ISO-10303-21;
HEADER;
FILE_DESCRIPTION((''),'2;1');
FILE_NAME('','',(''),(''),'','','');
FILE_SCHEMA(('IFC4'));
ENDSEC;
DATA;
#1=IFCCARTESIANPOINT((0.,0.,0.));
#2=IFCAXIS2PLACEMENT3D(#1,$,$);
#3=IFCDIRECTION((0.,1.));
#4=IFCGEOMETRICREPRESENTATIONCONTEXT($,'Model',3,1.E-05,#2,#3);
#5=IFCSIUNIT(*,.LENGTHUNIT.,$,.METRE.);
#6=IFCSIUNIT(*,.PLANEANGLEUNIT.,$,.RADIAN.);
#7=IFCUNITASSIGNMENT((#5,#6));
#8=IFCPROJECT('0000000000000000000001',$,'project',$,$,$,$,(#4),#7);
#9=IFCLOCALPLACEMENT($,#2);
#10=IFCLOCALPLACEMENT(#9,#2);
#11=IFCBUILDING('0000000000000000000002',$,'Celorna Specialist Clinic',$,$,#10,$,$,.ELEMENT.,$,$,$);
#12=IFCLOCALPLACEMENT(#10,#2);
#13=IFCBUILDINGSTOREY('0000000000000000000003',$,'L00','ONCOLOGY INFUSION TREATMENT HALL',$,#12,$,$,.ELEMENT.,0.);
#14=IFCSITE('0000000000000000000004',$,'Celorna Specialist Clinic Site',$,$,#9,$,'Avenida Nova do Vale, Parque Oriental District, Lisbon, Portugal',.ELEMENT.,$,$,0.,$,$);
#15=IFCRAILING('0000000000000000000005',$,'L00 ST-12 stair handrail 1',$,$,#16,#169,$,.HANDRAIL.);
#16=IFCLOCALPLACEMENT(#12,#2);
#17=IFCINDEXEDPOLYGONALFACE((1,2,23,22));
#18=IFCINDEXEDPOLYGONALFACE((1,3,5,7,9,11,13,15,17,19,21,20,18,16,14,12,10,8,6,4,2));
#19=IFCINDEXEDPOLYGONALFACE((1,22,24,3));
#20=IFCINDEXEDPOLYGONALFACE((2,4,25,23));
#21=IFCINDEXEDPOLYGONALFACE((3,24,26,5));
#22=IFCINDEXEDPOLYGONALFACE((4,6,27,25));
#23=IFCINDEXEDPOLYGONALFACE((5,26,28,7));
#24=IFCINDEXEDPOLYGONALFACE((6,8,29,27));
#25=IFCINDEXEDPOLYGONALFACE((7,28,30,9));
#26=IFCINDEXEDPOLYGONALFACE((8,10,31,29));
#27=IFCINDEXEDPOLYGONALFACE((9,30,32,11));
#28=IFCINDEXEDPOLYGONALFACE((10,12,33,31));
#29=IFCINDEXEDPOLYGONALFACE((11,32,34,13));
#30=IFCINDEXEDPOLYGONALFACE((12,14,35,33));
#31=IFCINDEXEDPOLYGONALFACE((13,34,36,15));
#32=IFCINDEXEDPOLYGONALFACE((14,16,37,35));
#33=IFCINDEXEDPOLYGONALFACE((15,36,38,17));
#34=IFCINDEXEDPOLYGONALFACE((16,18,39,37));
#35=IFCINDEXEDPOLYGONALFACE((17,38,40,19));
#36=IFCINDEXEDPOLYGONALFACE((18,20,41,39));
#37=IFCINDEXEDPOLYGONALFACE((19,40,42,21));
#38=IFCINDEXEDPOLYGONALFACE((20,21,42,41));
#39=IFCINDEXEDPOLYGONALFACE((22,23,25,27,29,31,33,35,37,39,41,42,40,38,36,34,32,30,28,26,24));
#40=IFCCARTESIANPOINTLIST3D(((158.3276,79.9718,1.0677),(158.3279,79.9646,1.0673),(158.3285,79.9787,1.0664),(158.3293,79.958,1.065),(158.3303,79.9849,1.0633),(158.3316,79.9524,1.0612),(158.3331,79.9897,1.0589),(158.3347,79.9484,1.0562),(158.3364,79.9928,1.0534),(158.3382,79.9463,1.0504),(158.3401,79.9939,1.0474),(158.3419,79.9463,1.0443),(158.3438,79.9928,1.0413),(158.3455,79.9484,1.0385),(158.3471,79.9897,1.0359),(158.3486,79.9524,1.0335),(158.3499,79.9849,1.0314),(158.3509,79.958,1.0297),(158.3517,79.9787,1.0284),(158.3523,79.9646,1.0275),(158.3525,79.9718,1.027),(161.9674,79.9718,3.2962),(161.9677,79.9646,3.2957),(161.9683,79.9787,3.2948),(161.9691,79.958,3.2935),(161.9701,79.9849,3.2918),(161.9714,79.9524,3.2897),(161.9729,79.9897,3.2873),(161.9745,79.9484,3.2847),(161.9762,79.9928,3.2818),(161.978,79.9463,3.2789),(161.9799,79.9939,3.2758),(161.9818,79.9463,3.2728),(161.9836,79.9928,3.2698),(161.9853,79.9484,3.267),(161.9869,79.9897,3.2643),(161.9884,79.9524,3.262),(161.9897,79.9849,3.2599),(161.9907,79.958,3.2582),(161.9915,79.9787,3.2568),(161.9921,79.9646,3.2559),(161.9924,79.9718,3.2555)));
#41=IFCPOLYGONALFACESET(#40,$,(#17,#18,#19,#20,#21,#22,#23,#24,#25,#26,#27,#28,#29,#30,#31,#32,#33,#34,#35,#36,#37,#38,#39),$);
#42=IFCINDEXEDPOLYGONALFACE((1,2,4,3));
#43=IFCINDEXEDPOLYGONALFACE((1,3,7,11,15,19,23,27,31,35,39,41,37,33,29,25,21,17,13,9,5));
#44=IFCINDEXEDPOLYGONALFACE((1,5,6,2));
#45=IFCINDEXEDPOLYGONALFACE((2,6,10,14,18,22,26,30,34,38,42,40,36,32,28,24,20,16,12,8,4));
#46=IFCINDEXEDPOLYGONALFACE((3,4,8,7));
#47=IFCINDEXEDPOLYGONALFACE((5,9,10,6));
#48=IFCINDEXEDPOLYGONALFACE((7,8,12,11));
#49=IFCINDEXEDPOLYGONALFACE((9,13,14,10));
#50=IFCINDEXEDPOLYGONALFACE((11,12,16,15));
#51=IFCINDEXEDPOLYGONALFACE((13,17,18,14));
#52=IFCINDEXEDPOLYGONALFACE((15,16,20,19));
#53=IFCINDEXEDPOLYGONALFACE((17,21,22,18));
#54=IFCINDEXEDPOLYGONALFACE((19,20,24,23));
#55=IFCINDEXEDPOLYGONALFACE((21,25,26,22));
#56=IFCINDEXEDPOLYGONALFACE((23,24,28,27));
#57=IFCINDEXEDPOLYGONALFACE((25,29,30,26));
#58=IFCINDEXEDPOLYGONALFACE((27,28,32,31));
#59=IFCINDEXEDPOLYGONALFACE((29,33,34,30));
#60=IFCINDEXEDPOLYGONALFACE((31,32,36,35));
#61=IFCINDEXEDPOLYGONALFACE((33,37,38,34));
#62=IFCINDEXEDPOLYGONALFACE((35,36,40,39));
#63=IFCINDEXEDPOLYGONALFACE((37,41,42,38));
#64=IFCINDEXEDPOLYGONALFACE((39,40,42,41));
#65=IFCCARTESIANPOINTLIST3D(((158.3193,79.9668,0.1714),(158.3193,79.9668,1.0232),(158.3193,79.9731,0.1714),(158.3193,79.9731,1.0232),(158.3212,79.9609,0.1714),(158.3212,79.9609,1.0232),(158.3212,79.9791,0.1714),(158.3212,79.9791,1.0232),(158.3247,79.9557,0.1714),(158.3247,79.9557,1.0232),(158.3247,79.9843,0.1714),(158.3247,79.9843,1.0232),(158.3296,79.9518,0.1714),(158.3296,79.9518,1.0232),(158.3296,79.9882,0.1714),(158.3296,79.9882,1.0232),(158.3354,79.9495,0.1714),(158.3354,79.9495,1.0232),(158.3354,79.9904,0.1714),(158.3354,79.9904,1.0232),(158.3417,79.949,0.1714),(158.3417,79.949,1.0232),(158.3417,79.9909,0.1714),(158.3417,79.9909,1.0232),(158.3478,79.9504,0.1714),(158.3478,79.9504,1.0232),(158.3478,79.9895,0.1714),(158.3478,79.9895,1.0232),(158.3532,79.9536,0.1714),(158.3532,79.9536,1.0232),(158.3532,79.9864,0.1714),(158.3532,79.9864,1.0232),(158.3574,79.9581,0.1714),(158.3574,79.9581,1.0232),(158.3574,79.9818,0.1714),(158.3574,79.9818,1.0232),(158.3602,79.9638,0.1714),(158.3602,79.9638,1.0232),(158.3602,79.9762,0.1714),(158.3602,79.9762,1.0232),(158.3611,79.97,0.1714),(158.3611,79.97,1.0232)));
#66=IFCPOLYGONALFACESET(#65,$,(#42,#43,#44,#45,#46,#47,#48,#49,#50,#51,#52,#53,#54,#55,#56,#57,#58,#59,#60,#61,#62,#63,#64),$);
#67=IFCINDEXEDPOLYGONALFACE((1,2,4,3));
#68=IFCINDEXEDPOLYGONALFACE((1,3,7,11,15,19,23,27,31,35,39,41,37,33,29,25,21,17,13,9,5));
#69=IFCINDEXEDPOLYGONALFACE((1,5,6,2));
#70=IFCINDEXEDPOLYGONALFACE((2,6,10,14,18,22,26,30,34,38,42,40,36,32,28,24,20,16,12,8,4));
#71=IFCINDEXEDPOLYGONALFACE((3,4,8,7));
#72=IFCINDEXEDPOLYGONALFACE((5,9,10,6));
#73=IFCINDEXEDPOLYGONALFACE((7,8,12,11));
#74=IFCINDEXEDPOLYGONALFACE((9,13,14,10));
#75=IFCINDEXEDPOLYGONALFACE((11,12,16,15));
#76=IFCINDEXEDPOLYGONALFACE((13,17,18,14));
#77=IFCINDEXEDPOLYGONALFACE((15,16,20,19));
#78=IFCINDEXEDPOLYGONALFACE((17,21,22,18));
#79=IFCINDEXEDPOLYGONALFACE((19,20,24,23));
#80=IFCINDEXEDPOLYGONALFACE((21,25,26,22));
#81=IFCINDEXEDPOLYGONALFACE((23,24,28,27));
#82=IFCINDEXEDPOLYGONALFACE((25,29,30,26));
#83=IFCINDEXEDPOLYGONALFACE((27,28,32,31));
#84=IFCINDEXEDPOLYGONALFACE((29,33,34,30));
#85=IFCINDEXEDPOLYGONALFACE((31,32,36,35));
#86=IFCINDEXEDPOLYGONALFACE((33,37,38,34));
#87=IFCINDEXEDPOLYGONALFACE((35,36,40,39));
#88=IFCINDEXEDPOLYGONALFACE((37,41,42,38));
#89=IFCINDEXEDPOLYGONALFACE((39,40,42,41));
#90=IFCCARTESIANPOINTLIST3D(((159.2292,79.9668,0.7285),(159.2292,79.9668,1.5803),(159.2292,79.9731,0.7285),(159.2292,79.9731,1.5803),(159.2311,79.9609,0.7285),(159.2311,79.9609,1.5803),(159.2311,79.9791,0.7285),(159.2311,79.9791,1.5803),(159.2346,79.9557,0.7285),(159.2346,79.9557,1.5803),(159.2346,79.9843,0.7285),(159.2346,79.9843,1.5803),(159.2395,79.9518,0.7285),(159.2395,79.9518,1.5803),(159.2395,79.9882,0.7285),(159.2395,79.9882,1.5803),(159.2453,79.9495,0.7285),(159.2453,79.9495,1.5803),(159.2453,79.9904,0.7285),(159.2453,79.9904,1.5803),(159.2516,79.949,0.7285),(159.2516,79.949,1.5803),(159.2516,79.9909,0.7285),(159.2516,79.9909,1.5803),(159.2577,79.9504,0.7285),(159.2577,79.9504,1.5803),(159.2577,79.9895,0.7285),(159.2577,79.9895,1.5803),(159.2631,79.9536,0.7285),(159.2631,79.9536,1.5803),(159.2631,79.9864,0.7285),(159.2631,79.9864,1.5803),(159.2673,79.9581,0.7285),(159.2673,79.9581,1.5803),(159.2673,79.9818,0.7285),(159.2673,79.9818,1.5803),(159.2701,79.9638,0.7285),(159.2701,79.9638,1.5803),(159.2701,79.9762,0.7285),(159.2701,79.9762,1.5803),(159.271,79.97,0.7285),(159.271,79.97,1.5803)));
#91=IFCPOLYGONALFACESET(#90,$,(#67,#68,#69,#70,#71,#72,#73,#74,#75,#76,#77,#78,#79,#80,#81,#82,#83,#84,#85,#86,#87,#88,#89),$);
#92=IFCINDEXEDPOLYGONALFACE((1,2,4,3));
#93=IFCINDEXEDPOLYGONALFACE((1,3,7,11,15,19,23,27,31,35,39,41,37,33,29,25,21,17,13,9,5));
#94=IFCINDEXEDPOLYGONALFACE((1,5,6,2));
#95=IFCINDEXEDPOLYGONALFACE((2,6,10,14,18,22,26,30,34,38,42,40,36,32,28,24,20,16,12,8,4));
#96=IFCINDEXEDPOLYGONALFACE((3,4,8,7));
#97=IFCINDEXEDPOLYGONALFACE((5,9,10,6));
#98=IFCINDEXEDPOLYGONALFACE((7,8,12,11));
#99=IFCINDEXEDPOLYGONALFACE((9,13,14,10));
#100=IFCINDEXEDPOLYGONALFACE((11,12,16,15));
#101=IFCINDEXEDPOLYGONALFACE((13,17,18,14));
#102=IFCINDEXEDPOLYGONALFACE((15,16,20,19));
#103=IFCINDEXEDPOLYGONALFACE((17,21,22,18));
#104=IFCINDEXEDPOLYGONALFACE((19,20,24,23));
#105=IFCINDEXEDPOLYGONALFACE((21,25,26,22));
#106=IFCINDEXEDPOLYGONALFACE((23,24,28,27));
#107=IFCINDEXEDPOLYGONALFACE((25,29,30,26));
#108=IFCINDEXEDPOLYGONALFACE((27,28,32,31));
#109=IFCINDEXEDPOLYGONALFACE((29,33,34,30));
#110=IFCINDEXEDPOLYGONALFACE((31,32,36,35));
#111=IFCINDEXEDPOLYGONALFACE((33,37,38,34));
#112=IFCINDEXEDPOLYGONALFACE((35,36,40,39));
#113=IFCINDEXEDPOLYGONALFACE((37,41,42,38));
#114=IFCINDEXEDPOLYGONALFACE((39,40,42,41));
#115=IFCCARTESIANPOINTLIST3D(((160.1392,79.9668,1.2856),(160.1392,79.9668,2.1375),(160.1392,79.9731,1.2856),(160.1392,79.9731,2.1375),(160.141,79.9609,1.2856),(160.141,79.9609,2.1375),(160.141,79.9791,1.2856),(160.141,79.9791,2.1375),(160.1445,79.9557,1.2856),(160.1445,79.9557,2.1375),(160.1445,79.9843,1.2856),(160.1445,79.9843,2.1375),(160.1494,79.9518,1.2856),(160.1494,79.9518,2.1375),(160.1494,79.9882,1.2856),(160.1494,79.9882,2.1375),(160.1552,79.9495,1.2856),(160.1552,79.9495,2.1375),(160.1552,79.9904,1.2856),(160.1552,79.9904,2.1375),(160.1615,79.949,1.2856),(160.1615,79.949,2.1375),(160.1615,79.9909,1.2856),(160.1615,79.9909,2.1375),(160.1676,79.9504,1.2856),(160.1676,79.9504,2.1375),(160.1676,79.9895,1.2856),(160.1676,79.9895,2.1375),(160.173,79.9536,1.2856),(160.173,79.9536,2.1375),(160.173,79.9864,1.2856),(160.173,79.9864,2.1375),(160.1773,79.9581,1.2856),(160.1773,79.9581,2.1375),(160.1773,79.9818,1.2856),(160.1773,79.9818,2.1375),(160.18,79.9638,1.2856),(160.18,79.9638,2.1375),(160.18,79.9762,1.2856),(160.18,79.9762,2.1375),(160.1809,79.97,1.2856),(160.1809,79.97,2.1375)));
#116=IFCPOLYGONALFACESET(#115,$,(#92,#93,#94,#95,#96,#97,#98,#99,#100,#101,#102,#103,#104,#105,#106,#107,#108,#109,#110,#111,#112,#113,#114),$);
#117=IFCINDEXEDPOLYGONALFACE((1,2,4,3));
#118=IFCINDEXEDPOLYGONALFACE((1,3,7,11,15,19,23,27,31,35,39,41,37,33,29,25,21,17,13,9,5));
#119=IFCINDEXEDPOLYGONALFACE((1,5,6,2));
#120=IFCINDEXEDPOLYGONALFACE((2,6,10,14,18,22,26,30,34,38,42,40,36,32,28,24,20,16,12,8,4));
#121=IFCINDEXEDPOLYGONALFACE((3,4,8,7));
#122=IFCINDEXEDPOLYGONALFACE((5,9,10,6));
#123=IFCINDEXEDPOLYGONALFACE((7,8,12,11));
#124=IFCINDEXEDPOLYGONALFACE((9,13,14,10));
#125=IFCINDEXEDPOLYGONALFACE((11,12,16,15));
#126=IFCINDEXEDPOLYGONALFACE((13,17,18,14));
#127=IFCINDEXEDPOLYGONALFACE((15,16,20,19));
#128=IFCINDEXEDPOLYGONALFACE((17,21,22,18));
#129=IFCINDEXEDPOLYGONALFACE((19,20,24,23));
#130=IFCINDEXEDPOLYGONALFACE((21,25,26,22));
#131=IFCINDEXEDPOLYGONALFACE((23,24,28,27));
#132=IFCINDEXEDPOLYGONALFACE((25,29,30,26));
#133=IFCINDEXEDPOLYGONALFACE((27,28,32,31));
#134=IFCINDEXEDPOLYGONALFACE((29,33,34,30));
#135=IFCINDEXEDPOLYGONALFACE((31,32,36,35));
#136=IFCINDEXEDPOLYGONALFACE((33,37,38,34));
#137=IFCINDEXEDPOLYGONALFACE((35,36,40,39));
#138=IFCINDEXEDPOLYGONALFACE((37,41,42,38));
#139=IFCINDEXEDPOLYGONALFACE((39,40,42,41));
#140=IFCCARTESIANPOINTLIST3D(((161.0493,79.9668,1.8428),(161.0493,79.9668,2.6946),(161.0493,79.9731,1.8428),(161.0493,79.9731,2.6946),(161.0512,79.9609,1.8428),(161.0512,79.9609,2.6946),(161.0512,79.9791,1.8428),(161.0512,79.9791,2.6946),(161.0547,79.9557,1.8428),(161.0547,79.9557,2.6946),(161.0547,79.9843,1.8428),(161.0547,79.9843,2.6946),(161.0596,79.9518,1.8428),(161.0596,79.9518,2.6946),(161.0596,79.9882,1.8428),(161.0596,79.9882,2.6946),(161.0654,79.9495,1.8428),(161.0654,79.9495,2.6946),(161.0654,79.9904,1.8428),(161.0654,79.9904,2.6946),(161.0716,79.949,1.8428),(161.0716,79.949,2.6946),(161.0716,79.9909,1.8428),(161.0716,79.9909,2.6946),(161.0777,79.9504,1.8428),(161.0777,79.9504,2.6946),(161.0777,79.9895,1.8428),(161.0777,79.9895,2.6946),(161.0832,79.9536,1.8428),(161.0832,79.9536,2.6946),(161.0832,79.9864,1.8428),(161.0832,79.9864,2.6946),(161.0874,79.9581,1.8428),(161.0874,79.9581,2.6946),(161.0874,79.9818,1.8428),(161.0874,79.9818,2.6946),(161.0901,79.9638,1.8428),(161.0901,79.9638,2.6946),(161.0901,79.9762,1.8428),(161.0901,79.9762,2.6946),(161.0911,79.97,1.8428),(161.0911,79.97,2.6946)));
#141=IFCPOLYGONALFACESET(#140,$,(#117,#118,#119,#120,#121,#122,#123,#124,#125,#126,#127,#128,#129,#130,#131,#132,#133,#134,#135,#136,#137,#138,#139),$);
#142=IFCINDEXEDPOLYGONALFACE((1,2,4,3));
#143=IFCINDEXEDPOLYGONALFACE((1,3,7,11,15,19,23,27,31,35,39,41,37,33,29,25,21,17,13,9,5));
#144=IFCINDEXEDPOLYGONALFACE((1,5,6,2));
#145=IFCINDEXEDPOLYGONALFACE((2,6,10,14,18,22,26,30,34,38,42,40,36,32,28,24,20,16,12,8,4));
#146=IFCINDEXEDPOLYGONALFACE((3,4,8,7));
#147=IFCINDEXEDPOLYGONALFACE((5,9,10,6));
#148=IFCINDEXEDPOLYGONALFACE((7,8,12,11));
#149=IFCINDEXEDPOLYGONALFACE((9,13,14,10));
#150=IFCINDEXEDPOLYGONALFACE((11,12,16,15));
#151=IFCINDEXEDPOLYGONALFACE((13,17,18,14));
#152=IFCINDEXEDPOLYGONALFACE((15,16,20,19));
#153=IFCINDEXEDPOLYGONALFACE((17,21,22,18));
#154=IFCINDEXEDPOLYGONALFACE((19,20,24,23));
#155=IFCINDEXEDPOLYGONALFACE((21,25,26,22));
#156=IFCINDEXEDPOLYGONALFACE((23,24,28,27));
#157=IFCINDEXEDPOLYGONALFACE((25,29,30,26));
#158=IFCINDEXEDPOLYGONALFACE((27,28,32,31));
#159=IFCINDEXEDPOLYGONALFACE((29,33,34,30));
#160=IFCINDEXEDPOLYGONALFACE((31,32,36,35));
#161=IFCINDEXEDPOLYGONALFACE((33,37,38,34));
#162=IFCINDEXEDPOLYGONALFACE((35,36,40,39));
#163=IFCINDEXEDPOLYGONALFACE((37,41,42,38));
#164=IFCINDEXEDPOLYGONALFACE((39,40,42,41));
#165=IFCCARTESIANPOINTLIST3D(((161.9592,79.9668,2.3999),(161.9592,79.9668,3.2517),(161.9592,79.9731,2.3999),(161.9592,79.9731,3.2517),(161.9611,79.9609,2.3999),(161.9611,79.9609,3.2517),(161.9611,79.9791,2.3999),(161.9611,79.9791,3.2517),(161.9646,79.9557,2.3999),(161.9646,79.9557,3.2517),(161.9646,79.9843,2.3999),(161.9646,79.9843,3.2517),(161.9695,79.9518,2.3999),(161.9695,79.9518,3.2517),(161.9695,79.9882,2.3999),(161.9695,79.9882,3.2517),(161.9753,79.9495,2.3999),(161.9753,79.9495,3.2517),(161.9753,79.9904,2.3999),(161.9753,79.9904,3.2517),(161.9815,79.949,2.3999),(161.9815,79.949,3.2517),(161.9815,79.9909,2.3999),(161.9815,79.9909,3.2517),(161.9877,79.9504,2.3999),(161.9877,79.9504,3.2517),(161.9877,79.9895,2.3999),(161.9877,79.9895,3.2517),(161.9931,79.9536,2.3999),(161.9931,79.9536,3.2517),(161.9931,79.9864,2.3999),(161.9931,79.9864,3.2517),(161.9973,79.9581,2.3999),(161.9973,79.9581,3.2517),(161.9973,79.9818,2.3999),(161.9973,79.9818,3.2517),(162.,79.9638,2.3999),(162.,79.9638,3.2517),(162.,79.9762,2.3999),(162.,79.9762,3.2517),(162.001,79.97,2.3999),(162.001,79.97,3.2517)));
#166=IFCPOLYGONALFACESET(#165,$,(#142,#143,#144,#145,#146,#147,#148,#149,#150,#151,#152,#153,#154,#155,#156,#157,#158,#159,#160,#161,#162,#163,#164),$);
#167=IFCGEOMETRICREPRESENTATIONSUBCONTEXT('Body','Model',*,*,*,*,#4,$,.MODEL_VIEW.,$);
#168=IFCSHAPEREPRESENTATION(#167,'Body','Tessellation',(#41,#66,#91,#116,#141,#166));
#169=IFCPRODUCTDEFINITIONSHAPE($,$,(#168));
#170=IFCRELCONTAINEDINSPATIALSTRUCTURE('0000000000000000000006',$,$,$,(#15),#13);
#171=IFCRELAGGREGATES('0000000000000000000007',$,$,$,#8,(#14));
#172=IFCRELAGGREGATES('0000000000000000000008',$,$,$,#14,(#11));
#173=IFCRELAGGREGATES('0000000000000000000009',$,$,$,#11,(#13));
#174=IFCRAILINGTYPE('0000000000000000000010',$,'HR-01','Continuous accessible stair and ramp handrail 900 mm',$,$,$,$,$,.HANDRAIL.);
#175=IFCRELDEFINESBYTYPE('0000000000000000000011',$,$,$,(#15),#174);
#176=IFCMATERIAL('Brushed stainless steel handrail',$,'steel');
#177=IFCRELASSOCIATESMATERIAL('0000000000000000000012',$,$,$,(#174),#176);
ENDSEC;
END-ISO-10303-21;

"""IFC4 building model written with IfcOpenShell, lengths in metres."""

from ifc_helpers import new_model, si_unit, direction, frame, origin, origin_2d, place, context, subcontext, project, spatial, circle, extrude, material, type_object, element, save


model = new_model("IFC4")

# Units and contexts
model_context = context("Model", 3, precision=1e-05, world=origin(), true_north=direction((0.0, 1.0)))
body_context = subcontext(model_context, "Body", "Model", "MODEL_VIEW")
ifc_project = project(units=[si_unit("LENGTHUNIT", "METRE"), si_unit("PLANEANGLEUNIT", "RADIAN")], contexts=[model_context])

# Site, building, storey
site_placement = place(None, origin())
site = spatial("IfcSite", under=ifc_project, at=site_placement, Name="Celorna Specialist Clinic Site", LongName="Avenida Nova do Vale, Parque Oriental District, Lisbon, Portugal", CompositionType="ELEMENT", RefElevation=0.0)
building_placement = place(site_placement, origin())
building = spatial("IfcBuilding", under=site, at=building_placement, Name="Celorna Specialist Clinic", CompositionType="ELEMENT")
storey_placement = place(building_placement, origin())
storey = spatial("IfcBuildingStorey", under=building, at=storey_placement, Name="L00", Description="ONCOLOGY INFUSION TREATMENT HALL", CompositionType="ELEMENT", Elevation=0.0)

# Railing
ifc_material_1 = material(Name="Brushed stainless steel handrail", Category="steel")
railing_type_1 = type_object("IfcRailingType", Name="HR-01", Description="Continuous accessible stair and ramp handrail 900 mm", PredefinedType="HANDRAIL", material=ifc_material_1)
railing_1_placement = place(storey_placement, frame((158.3401, 79.97, 0.1714)))
element("IfcRailing", 1, at=railing_1_placement, inside=storey, type_object=railing_type_1, Name="L00 ST-12 stair handrail 1", PredefinedType="HANDRAIL", context=body_context, shape_type="SweptSolid", body=[
    extrude(circle(Radius=0.0239, at=origin_2d()), frame((0.0, 0.0, 0.876), z_axis=(0.85285, 0.0, 0.522156), x_axis=(0.0, 1.0, 0.0)), (0.0, 0.0, 1.0), 4.2678),
    extrude(circle(Radius=0.021, at=origin_2d()), origin(), (0.0, 0.0, 1.0), 0.8518),
    extrude(circle(Radius=0.021, at=origin_2d()), frame((0.9099, 0.0, 0.5571)), (0.0, 0.0, 1.0), 0.8518),
    extrude(circle(Radius=0.021, at=origin_2d()), frame((1.8198, 0.0, 1.1143)), (0.0, 0.0, 1.0), 0.8518),
    extrude(circle(Radius=0.021, at=origin_2d()), frame((2.73, 0.0, 1.6714)), (0.0, 0.0, 1.0), 0.8518),
    extrude(circle(Radius=0.021, at=origin_2d()), frame((3.6399, 0.0, 2.2285)), (0.0, 0.0, 1.0), 0.8518),
])

save(model, "model.ifc")
